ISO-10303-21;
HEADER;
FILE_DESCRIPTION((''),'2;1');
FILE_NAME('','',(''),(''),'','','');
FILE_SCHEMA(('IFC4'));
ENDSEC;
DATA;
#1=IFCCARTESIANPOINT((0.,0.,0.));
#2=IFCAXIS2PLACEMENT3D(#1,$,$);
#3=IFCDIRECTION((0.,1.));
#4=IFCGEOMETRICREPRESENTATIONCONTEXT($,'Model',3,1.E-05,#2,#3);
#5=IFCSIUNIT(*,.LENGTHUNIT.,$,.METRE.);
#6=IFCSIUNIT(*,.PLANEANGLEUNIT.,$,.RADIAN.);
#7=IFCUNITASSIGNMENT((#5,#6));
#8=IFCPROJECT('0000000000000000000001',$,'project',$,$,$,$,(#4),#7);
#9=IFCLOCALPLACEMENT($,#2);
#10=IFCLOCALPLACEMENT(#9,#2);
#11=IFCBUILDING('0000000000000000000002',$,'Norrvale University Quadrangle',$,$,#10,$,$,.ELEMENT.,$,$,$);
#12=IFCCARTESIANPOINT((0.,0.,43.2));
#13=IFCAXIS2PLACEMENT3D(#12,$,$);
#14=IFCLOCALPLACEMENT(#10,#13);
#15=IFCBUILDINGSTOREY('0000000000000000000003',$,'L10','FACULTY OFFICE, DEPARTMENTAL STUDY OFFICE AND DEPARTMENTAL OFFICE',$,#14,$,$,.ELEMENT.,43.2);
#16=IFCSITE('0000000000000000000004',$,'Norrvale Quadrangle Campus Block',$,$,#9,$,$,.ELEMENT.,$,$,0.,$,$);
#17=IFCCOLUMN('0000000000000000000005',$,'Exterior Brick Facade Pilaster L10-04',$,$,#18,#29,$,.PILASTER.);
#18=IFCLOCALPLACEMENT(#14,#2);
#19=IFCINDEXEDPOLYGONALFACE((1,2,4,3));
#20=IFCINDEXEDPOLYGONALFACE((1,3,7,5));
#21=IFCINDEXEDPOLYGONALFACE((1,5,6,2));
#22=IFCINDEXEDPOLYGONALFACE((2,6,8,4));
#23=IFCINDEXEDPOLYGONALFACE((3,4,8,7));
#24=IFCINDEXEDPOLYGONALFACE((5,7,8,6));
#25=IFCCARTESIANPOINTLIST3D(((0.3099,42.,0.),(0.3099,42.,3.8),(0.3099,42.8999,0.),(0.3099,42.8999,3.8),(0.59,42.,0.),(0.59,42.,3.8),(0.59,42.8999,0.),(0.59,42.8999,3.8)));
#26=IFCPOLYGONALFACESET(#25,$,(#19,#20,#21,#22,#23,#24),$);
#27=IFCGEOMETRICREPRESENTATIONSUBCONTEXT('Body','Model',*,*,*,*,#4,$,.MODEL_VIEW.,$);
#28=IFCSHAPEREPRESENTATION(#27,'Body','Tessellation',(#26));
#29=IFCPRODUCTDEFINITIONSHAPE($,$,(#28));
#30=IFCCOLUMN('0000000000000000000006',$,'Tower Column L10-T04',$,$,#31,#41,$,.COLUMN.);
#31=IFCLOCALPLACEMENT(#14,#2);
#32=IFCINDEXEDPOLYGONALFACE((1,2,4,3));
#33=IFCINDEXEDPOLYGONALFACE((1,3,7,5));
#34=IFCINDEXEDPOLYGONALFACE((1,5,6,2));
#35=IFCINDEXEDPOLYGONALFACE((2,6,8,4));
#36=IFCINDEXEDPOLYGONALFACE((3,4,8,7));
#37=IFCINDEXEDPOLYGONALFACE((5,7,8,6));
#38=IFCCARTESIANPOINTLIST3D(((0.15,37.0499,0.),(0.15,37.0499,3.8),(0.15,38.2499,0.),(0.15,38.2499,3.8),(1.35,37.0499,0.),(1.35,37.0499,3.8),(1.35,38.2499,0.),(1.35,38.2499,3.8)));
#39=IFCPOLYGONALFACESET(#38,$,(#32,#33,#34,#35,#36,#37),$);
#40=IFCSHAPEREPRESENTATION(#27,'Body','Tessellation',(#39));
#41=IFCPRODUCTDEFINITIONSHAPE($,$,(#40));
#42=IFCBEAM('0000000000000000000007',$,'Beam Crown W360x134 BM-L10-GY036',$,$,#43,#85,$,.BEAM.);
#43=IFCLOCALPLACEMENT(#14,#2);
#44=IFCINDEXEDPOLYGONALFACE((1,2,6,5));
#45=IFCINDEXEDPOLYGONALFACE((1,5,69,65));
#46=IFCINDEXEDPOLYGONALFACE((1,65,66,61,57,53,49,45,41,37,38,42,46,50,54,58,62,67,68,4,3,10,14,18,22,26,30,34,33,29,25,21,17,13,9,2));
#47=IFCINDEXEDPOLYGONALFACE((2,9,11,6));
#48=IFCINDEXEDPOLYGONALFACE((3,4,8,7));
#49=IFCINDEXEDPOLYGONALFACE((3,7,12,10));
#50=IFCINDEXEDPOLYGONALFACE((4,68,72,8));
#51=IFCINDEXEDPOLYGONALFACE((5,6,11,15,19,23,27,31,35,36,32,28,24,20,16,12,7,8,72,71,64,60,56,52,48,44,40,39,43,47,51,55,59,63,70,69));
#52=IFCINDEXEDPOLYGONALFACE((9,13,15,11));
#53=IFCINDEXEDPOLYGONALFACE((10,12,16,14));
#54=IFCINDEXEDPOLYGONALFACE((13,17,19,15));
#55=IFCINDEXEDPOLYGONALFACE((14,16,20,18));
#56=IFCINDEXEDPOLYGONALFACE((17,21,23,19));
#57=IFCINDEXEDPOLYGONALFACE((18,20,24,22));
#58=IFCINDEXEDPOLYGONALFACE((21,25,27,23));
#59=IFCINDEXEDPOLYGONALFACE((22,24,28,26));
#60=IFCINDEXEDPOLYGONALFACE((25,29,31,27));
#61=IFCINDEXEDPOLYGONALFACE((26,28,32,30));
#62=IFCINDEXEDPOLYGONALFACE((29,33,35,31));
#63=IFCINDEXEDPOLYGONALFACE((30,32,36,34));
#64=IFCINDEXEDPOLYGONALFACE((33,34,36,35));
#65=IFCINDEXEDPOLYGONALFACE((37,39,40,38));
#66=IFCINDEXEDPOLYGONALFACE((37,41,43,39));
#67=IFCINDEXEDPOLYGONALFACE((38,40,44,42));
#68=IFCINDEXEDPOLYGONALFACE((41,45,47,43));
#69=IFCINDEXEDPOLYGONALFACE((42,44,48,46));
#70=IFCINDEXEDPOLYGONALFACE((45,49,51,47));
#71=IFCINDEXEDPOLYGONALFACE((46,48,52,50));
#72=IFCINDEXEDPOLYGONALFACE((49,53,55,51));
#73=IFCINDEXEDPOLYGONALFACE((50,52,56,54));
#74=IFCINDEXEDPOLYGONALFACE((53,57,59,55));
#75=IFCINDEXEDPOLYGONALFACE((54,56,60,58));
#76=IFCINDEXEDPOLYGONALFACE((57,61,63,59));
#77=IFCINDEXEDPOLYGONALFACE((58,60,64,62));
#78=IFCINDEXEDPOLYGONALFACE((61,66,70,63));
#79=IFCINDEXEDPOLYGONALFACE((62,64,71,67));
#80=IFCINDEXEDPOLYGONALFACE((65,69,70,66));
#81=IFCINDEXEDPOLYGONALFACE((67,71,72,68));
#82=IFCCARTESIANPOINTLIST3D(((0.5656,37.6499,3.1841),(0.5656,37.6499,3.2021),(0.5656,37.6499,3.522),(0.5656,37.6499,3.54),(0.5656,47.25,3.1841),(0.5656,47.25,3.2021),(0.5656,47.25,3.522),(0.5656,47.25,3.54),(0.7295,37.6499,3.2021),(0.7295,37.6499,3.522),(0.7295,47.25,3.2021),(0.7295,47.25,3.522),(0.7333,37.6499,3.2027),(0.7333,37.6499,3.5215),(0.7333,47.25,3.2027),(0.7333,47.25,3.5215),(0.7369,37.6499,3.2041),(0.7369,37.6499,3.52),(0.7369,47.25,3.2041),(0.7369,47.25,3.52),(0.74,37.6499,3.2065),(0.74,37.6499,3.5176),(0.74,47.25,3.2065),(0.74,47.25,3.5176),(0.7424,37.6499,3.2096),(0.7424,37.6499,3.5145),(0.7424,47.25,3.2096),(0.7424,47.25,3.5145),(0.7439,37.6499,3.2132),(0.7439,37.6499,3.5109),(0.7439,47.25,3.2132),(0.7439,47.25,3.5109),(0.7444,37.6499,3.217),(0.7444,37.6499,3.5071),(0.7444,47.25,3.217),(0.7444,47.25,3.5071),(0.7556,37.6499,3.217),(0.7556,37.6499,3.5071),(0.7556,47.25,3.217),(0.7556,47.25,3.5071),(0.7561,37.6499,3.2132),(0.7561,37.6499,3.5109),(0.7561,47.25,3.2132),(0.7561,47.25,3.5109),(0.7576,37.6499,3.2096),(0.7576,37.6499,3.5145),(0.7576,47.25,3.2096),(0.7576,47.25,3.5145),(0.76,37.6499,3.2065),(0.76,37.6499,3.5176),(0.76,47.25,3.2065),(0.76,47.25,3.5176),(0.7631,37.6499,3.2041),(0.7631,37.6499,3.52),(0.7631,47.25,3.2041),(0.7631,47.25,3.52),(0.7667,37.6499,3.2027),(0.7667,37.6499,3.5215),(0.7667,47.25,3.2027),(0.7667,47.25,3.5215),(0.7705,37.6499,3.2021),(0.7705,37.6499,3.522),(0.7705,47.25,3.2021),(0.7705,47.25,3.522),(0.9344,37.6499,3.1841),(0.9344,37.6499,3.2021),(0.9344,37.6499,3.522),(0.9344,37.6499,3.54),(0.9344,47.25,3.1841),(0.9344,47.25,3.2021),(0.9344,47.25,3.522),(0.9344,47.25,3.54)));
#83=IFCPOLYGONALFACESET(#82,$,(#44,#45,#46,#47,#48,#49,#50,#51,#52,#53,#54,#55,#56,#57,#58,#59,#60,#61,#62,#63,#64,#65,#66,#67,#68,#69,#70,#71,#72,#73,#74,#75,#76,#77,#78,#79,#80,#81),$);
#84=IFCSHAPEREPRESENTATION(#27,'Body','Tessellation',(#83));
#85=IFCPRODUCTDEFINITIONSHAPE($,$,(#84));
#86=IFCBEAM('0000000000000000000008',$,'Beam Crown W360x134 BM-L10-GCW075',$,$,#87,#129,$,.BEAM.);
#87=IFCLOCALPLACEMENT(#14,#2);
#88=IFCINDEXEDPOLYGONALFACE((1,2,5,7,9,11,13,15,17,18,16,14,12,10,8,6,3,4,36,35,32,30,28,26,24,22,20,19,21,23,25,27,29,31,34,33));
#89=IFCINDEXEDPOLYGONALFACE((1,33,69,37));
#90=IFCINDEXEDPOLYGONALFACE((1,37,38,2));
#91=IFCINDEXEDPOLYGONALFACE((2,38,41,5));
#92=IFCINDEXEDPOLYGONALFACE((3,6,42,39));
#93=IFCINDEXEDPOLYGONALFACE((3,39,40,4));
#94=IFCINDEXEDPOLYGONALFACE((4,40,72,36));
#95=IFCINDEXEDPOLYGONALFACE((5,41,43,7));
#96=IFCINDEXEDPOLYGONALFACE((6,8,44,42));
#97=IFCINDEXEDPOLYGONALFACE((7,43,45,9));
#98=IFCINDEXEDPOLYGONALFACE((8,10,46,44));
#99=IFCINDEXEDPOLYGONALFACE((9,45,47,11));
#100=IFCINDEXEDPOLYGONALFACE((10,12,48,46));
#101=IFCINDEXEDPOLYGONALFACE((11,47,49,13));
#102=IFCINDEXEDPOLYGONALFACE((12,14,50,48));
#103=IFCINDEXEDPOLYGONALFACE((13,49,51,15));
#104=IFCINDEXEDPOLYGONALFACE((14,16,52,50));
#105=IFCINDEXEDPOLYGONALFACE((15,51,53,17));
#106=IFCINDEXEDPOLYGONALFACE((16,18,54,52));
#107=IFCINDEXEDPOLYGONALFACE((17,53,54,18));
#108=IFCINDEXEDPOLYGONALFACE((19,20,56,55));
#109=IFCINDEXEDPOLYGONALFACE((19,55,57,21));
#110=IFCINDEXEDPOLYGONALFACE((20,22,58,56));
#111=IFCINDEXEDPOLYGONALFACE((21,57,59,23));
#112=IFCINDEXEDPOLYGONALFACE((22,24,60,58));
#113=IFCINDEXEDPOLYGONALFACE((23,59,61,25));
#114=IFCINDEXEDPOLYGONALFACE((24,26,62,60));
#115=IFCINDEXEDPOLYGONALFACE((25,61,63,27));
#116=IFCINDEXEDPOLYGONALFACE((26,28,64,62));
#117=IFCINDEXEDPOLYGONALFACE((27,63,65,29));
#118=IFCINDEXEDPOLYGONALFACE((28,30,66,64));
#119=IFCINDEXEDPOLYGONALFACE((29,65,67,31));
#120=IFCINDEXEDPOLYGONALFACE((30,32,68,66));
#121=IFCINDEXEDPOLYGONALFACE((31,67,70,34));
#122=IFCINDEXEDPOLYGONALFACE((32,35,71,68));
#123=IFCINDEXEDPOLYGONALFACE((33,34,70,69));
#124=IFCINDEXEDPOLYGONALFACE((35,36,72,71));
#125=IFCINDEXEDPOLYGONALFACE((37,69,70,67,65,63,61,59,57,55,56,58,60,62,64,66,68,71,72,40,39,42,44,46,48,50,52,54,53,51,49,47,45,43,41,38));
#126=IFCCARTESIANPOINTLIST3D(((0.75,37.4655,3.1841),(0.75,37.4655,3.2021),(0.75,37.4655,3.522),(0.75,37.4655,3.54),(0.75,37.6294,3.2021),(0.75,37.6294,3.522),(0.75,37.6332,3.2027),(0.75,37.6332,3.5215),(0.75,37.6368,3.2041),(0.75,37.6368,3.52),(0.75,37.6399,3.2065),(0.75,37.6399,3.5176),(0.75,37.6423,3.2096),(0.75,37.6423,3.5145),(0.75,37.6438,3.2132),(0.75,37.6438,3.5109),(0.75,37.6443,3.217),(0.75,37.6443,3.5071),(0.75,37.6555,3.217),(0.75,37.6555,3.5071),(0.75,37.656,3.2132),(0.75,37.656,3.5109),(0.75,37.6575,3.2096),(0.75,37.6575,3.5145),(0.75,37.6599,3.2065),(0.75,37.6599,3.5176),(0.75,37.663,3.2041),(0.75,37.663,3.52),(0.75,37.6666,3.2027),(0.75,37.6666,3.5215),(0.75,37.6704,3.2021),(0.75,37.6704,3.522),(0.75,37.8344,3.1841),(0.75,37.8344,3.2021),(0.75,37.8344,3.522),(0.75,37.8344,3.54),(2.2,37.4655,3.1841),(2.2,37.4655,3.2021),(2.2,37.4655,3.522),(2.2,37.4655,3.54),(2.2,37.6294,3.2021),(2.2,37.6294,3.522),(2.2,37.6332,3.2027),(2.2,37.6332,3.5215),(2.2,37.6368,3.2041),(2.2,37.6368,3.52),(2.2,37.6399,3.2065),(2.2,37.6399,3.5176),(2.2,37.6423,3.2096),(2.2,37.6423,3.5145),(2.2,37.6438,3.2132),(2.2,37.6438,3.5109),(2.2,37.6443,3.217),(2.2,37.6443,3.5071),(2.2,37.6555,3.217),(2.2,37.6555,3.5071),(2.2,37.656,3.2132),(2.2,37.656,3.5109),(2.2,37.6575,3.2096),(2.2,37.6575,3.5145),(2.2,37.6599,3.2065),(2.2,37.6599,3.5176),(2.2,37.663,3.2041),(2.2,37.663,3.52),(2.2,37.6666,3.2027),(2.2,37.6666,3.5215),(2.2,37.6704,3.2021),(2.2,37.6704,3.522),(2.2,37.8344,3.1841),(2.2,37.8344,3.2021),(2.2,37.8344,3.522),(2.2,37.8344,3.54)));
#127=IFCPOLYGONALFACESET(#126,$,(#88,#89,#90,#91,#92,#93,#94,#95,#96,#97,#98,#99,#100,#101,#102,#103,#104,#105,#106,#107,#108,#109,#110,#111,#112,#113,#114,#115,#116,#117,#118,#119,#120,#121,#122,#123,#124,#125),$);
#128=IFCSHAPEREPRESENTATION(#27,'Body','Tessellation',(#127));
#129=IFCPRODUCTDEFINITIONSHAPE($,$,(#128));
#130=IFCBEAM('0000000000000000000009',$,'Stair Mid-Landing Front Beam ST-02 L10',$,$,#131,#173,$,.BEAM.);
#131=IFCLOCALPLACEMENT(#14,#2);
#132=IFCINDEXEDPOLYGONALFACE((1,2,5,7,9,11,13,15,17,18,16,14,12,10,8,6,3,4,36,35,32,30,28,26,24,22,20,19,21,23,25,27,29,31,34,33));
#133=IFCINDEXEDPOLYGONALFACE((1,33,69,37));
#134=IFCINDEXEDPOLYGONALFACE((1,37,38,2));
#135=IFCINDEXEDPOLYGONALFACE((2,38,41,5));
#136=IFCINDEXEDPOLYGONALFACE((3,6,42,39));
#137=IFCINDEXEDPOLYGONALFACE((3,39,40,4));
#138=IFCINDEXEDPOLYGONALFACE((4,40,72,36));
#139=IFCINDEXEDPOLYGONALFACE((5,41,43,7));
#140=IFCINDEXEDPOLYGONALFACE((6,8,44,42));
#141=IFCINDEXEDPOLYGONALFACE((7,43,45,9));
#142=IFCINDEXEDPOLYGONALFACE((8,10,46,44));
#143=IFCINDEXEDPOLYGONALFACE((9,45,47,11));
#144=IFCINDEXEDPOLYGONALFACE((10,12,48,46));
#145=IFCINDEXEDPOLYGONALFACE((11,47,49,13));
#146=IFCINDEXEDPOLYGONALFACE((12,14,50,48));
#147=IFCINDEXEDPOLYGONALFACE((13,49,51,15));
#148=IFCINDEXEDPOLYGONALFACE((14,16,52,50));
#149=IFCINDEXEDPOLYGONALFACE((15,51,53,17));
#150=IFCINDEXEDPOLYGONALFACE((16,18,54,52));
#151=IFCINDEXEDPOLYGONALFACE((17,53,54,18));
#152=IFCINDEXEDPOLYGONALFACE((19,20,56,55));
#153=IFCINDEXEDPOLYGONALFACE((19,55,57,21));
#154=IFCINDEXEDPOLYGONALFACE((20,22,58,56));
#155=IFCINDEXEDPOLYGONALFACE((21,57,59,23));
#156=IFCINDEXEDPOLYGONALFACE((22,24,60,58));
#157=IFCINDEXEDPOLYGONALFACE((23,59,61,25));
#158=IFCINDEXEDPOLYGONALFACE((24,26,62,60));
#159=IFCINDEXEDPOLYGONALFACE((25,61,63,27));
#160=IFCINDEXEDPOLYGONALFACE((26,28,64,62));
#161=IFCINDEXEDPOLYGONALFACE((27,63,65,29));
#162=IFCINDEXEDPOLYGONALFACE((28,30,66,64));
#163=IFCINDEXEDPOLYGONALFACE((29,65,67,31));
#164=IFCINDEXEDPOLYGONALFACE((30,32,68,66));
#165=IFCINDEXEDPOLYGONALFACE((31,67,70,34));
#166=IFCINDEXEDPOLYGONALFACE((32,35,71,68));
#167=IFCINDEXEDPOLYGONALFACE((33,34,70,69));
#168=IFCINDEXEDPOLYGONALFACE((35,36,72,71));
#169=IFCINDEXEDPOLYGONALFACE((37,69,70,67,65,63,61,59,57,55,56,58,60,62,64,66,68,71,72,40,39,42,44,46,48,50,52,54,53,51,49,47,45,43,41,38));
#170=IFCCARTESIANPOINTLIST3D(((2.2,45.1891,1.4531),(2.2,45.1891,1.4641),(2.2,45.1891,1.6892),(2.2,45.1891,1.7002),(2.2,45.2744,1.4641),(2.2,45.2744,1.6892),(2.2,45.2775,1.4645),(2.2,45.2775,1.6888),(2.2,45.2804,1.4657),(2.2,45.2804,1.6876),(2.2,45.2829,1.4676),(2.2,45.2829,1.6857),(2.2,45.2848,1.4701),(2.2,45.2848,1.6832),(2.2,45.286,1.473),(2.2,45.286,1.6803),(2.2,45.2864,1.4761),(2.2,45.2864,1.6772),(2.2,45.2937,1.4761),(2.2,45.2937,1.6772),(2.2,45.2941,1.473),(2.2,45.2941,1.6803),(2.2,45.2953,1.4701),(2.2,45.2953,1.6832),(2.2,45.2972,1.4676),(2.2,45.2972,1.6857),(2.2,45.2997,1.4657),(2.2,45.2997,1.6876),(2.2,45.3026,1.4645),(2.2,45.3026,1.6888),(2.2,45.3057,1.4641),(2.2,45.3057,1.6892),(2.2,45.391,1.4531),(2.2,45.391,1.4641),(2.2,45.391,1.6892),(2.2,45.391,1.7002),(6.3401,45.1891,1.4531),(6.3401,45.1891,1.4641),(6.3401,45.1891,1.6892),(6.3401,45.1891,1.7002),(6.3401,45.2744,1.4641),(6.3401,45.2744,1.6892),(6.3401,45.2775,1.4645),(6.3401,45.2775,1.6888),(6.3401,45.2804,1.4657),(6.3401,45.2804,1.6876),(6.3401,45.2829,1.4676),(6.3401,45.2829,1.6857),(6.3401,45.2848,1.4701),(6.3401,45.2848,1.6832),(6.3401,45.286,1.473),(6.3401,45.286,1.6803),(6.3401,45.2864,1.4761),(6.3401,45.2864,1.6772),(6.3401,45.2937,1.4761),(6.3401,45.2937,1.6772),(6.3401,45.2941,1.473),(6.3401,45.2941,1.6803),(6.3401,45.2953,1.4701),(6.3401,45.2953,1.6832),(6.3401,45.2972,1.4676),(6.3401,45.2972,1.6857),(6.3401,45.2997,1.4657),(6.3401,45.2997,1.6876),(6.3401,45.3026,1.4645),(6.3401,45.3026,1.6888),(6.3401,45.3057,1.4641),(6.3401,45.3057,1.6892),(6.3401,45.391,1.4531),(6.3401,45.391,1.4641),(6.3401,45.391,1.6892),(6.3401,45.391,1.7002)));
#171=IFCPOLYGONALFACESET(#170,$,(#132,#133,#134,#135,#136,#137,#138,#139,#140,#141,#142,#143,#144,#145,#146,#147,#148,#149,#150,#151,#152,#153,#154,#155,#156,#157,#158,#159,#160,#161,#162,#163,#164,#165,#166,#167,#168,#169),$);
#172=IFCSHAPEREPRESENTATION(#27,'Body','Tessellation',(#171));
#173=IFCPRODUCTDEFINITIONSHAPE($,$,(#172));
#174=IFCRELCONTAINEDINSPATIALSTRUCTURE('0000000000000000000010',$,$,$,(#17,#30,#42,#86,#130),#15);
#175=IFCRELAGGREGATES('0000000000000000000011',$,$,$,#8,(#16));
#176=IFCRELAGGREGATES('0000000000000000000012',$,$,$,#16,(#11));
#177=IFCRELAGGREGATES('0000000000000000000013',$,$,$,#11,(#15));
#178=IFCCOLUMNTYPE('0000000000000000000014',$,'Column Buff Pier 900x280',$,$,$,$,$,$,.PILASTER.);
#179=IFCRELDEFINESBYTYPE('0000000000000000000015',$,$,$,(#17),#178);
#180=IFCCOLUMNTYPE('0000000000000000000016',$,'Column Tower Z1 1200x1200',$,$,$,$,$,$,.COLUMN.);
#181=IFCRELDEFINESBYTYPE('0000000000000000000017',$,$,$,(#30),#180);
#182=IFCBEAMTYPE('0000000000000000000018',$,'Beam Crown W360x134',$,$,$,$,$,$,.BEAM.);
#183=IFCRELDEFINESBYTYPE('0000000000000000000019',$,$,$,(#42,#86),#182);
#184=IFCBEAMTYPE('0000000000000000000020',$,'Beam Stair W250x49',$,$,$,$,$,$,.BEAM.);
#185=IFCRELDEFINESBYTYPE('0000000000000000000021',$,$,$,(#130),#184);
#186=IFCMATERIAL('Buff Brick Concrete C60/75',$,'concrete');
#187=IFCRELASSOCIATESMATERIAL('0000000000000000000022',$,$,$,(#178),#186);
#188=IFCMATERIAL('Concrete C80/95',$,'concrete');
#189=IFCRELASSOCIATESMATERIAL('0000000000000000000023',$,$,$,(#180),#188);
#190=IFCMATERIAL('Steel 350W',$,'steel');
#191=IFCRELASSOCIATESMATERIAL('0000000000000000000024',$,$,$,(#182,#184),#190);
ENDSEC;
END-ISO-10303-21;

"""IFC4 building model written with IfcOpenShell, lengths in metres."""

from ifc_helpers import new_model, si_unit, direction, frame, origin, origin_2d, place, context, subcontext, project, spatial, rectangle, i_section, extrude, material, material_profile, profile_set, type_object, element, save


model = new_model("IFC4")

# Units and contexts
model_context = context("Model", 3, precision=1e-05, world=origin(), true_north=direction((0.0, 1.0)))
body_context = subcontext(model_context, "Body", "Model", "MODEL_VIEW")
ifc_project = project(units=[si_unit("LENGTHUNIT", "METRE"), si_unit("PLANEANGLEUNIT", "RADIAN")], contexts=[model_context])

# Site, building, storey
site_placement = place(None, origin())
site = spatial("IfcSite", under=ifc_project, at=site_placement, Name="Norrvale Quadrangle Campus Block", CompositionType="ELEMENT", RefElevation=0.0)
building_placement = place(site_placement, origin())
building = spatial("IfcBuilding", under=site, at=building_placement, Name="Norrvale University Quadrangle", CompositionType="ELEMENT")
storey_placement = place(building_placement, frame((0.0, 0.0, 43.2)))
storey = spatial("IfcBuildingStorey", under=building, at=storey_placement, Name="L10", Description="FACULTY OFFICE, DEPARTMENTAL STUDY OFFICE AND DEPARTMENTAL OFFICE", CompositionType="ELEMENT", Elevation=43.2)

# Columns
ifc_material_1 = material(Name="Buff Brick Concrete C60/75", Category="concrete")
ifc_material_profile_1 = material_profile(ifc_material_1, rectangle(XDim=0.8999, YDim=0.28, at=origin_2d()), Name="Buff Brick Concrete C60/75")
ifc_profile_set_1 = profile_set([ifc_material_profile_1], Name="Buff Brick Concrete C60/75")
column_type_1 = type_object("IfcColumnType", Name="Column Buff Pier 900x280", PredefinedType="PILASTER", material=ifc_profile_set_1)
column_1_placement = place(storey_placement, frame((0.45, 42.45, 0.0), z_axis=(0.0, 0.0, 1.0), x_axis=(0.0, 1.0, 0.0)))
element("IfcColumn", 1, at=column_1_placement, inside=storey, type_object=column_type_1, Name="Exterior Brick Facade Pilaster L10-04", PredefinedType="PILASTER", context=body_context, shape_type="SweptSolid", body=[
    extrude(rectangle(XDim=0.8999, YDim=0.28, at=origin_2d()), origin(), (0.0, 0.0, 1.0), 3.8),
])
ifc_material_2 = material(Name="Concrete C80/95", Category="concrete")
ifc_material_profile_2 = material_profile(ifc_material_2, rectangle(XDim=1.2, YDim=1.2, at=origin_2d()), Name="Concrete C80/95")
ifc_profile_set_2 = profile_set([ifc_material_profile_2], Name="Concrete C80/95")
column_type_2 = type_object("IfcColumnType", Name="Column Tower Z1 1200x1200", PredefinedType="COLUMN", material=ifc_profile_set_2)
column_2_placement = place(storey_placement, frame((0.75, 37.6499, 0.0), z_axis=(0.0, 0.0, 1.0), x_axis=(1.0, 0.0, 0.0)))
element("IfcColumn", 2, at=column_2_placement, inside=storey, type_object=column_type_2, Name="Tower Column L10-T04", PredefinedType="COLUMN", context=body_context, shape_type="SweptSolid", body=[
    extrude(rectangle(XDim=1.2, YDim=1.2, at=origin_2d()), origin(), (0.0, 0.0, 1.0), 3.8),
])

# Beams
ifc_material_3 = material(Name="Steel 350W", Category="steel")
ifc_material_profile_3 = material_profile(ifc_material_3, i_section(OverallWidth=0.3689, OverallDepth=0.356, WebThickness=0.0112, FlangeThickness=0.0181, FilletRadius=0.0149, at=origin_2d()), Name="Steel 350W")
ifc_profile_set_3 = profile_set([ifc_material_profile_3], Name="Steel 350W")
beam_type_1 = type_object("IfcBeamType", Name="Beam Crown W360x134", PredefinedType="BEAM", material=ifc_profile_set_3)
beam_1_placement = place(storey_placement, frame((0.75, 37.6499, 3.3621), z_axis=(0.0, 1.0, 0.0), x_axis=(-1.0, 0.0, 0.0)))
element("IfcBeam", 3, at=beam_1_placement, inside=storey, type_object=beam_type_1, Name="Beam Crown W360x134 BM-L10-GY036", PredefinedType="BEAM", context=body_context, shape_type="SweptSolid", body=[
    extrude(i_section(OverallWidth=0.3689, OverallDepth=0.356, WebThickness=0.0112, FlangeThickness=0.0181, FilletRadius=0.0149, at=origin_2d()), origin(), (0.0, 0.0, 1.0), 9.6001),
])
beam_2_placement = place(storey_placement, frame((0.75, 37.6499, 3.3621), z_axis=(1.0, 0.0, 0.0), x_axis=(0.0, 1.0, 0.0)))
element("IfcBeam", 4, at=beam_2_placement, inside=storey, type_object=beam_type_1, Name="Beam Crown W360x134 BM-L10-GCW075", PredefinedType="BEAM", context=body_context, shape_type="SweptSolid", body=[
    extrude(i_section(OverallWidth=0.3689, OverallDepth=0.356, WebThickness=0.0112, FlangeThickness=0.0181, FilletRadius=0.0149, at=origin_2d()), origin(), (0.0, 0.0, 1.0), 1.45),
])
ifc_material_profile_4 = material_profile(ifc_material_3, i_section(OverallWidth=0.2019, OverallDepth=0.2471, WebThickness=0.0073, FlangeThickness=0.011, FilletRadius=0.012, at=origin_2d()), Name="Steel 350W")
ifc_profile_set_4 = profile_set([ifc_material_profile_4], Name="Steel 350W")
beam_type_2 = type_object("IfcBeamType", Name="Beam Stair W250x49", PredefinedType="BEAM", material=ifc_profile_set_4)
beam_3_placement = place(storey_placement, frame((2.2, 45.29, 1.5767), z_axis=(1.0, 0.0, 0.0), x_axis=(0.0, 1.0, 0.0)))
element("IfcBeam", 5, at=beam_3_placement, inside=storey, type_object=beam_type_2, Name="Stair Mid-Landing Front Beam ST-02 L10", PredefinedType="BEAM", context=body_context, shape_type="SweptSolid", body=[
    extrude(i_section(OverallWidth=0.2019, OverallDepth=0.2471, WebThickness=0.0073, FlangeThickness=0.011, FilletRadius=0.012, at=origin_2d()), origin(), (0.0, 0.0, 1.0), 4.1401),
])

save(model, "model.ifc")
